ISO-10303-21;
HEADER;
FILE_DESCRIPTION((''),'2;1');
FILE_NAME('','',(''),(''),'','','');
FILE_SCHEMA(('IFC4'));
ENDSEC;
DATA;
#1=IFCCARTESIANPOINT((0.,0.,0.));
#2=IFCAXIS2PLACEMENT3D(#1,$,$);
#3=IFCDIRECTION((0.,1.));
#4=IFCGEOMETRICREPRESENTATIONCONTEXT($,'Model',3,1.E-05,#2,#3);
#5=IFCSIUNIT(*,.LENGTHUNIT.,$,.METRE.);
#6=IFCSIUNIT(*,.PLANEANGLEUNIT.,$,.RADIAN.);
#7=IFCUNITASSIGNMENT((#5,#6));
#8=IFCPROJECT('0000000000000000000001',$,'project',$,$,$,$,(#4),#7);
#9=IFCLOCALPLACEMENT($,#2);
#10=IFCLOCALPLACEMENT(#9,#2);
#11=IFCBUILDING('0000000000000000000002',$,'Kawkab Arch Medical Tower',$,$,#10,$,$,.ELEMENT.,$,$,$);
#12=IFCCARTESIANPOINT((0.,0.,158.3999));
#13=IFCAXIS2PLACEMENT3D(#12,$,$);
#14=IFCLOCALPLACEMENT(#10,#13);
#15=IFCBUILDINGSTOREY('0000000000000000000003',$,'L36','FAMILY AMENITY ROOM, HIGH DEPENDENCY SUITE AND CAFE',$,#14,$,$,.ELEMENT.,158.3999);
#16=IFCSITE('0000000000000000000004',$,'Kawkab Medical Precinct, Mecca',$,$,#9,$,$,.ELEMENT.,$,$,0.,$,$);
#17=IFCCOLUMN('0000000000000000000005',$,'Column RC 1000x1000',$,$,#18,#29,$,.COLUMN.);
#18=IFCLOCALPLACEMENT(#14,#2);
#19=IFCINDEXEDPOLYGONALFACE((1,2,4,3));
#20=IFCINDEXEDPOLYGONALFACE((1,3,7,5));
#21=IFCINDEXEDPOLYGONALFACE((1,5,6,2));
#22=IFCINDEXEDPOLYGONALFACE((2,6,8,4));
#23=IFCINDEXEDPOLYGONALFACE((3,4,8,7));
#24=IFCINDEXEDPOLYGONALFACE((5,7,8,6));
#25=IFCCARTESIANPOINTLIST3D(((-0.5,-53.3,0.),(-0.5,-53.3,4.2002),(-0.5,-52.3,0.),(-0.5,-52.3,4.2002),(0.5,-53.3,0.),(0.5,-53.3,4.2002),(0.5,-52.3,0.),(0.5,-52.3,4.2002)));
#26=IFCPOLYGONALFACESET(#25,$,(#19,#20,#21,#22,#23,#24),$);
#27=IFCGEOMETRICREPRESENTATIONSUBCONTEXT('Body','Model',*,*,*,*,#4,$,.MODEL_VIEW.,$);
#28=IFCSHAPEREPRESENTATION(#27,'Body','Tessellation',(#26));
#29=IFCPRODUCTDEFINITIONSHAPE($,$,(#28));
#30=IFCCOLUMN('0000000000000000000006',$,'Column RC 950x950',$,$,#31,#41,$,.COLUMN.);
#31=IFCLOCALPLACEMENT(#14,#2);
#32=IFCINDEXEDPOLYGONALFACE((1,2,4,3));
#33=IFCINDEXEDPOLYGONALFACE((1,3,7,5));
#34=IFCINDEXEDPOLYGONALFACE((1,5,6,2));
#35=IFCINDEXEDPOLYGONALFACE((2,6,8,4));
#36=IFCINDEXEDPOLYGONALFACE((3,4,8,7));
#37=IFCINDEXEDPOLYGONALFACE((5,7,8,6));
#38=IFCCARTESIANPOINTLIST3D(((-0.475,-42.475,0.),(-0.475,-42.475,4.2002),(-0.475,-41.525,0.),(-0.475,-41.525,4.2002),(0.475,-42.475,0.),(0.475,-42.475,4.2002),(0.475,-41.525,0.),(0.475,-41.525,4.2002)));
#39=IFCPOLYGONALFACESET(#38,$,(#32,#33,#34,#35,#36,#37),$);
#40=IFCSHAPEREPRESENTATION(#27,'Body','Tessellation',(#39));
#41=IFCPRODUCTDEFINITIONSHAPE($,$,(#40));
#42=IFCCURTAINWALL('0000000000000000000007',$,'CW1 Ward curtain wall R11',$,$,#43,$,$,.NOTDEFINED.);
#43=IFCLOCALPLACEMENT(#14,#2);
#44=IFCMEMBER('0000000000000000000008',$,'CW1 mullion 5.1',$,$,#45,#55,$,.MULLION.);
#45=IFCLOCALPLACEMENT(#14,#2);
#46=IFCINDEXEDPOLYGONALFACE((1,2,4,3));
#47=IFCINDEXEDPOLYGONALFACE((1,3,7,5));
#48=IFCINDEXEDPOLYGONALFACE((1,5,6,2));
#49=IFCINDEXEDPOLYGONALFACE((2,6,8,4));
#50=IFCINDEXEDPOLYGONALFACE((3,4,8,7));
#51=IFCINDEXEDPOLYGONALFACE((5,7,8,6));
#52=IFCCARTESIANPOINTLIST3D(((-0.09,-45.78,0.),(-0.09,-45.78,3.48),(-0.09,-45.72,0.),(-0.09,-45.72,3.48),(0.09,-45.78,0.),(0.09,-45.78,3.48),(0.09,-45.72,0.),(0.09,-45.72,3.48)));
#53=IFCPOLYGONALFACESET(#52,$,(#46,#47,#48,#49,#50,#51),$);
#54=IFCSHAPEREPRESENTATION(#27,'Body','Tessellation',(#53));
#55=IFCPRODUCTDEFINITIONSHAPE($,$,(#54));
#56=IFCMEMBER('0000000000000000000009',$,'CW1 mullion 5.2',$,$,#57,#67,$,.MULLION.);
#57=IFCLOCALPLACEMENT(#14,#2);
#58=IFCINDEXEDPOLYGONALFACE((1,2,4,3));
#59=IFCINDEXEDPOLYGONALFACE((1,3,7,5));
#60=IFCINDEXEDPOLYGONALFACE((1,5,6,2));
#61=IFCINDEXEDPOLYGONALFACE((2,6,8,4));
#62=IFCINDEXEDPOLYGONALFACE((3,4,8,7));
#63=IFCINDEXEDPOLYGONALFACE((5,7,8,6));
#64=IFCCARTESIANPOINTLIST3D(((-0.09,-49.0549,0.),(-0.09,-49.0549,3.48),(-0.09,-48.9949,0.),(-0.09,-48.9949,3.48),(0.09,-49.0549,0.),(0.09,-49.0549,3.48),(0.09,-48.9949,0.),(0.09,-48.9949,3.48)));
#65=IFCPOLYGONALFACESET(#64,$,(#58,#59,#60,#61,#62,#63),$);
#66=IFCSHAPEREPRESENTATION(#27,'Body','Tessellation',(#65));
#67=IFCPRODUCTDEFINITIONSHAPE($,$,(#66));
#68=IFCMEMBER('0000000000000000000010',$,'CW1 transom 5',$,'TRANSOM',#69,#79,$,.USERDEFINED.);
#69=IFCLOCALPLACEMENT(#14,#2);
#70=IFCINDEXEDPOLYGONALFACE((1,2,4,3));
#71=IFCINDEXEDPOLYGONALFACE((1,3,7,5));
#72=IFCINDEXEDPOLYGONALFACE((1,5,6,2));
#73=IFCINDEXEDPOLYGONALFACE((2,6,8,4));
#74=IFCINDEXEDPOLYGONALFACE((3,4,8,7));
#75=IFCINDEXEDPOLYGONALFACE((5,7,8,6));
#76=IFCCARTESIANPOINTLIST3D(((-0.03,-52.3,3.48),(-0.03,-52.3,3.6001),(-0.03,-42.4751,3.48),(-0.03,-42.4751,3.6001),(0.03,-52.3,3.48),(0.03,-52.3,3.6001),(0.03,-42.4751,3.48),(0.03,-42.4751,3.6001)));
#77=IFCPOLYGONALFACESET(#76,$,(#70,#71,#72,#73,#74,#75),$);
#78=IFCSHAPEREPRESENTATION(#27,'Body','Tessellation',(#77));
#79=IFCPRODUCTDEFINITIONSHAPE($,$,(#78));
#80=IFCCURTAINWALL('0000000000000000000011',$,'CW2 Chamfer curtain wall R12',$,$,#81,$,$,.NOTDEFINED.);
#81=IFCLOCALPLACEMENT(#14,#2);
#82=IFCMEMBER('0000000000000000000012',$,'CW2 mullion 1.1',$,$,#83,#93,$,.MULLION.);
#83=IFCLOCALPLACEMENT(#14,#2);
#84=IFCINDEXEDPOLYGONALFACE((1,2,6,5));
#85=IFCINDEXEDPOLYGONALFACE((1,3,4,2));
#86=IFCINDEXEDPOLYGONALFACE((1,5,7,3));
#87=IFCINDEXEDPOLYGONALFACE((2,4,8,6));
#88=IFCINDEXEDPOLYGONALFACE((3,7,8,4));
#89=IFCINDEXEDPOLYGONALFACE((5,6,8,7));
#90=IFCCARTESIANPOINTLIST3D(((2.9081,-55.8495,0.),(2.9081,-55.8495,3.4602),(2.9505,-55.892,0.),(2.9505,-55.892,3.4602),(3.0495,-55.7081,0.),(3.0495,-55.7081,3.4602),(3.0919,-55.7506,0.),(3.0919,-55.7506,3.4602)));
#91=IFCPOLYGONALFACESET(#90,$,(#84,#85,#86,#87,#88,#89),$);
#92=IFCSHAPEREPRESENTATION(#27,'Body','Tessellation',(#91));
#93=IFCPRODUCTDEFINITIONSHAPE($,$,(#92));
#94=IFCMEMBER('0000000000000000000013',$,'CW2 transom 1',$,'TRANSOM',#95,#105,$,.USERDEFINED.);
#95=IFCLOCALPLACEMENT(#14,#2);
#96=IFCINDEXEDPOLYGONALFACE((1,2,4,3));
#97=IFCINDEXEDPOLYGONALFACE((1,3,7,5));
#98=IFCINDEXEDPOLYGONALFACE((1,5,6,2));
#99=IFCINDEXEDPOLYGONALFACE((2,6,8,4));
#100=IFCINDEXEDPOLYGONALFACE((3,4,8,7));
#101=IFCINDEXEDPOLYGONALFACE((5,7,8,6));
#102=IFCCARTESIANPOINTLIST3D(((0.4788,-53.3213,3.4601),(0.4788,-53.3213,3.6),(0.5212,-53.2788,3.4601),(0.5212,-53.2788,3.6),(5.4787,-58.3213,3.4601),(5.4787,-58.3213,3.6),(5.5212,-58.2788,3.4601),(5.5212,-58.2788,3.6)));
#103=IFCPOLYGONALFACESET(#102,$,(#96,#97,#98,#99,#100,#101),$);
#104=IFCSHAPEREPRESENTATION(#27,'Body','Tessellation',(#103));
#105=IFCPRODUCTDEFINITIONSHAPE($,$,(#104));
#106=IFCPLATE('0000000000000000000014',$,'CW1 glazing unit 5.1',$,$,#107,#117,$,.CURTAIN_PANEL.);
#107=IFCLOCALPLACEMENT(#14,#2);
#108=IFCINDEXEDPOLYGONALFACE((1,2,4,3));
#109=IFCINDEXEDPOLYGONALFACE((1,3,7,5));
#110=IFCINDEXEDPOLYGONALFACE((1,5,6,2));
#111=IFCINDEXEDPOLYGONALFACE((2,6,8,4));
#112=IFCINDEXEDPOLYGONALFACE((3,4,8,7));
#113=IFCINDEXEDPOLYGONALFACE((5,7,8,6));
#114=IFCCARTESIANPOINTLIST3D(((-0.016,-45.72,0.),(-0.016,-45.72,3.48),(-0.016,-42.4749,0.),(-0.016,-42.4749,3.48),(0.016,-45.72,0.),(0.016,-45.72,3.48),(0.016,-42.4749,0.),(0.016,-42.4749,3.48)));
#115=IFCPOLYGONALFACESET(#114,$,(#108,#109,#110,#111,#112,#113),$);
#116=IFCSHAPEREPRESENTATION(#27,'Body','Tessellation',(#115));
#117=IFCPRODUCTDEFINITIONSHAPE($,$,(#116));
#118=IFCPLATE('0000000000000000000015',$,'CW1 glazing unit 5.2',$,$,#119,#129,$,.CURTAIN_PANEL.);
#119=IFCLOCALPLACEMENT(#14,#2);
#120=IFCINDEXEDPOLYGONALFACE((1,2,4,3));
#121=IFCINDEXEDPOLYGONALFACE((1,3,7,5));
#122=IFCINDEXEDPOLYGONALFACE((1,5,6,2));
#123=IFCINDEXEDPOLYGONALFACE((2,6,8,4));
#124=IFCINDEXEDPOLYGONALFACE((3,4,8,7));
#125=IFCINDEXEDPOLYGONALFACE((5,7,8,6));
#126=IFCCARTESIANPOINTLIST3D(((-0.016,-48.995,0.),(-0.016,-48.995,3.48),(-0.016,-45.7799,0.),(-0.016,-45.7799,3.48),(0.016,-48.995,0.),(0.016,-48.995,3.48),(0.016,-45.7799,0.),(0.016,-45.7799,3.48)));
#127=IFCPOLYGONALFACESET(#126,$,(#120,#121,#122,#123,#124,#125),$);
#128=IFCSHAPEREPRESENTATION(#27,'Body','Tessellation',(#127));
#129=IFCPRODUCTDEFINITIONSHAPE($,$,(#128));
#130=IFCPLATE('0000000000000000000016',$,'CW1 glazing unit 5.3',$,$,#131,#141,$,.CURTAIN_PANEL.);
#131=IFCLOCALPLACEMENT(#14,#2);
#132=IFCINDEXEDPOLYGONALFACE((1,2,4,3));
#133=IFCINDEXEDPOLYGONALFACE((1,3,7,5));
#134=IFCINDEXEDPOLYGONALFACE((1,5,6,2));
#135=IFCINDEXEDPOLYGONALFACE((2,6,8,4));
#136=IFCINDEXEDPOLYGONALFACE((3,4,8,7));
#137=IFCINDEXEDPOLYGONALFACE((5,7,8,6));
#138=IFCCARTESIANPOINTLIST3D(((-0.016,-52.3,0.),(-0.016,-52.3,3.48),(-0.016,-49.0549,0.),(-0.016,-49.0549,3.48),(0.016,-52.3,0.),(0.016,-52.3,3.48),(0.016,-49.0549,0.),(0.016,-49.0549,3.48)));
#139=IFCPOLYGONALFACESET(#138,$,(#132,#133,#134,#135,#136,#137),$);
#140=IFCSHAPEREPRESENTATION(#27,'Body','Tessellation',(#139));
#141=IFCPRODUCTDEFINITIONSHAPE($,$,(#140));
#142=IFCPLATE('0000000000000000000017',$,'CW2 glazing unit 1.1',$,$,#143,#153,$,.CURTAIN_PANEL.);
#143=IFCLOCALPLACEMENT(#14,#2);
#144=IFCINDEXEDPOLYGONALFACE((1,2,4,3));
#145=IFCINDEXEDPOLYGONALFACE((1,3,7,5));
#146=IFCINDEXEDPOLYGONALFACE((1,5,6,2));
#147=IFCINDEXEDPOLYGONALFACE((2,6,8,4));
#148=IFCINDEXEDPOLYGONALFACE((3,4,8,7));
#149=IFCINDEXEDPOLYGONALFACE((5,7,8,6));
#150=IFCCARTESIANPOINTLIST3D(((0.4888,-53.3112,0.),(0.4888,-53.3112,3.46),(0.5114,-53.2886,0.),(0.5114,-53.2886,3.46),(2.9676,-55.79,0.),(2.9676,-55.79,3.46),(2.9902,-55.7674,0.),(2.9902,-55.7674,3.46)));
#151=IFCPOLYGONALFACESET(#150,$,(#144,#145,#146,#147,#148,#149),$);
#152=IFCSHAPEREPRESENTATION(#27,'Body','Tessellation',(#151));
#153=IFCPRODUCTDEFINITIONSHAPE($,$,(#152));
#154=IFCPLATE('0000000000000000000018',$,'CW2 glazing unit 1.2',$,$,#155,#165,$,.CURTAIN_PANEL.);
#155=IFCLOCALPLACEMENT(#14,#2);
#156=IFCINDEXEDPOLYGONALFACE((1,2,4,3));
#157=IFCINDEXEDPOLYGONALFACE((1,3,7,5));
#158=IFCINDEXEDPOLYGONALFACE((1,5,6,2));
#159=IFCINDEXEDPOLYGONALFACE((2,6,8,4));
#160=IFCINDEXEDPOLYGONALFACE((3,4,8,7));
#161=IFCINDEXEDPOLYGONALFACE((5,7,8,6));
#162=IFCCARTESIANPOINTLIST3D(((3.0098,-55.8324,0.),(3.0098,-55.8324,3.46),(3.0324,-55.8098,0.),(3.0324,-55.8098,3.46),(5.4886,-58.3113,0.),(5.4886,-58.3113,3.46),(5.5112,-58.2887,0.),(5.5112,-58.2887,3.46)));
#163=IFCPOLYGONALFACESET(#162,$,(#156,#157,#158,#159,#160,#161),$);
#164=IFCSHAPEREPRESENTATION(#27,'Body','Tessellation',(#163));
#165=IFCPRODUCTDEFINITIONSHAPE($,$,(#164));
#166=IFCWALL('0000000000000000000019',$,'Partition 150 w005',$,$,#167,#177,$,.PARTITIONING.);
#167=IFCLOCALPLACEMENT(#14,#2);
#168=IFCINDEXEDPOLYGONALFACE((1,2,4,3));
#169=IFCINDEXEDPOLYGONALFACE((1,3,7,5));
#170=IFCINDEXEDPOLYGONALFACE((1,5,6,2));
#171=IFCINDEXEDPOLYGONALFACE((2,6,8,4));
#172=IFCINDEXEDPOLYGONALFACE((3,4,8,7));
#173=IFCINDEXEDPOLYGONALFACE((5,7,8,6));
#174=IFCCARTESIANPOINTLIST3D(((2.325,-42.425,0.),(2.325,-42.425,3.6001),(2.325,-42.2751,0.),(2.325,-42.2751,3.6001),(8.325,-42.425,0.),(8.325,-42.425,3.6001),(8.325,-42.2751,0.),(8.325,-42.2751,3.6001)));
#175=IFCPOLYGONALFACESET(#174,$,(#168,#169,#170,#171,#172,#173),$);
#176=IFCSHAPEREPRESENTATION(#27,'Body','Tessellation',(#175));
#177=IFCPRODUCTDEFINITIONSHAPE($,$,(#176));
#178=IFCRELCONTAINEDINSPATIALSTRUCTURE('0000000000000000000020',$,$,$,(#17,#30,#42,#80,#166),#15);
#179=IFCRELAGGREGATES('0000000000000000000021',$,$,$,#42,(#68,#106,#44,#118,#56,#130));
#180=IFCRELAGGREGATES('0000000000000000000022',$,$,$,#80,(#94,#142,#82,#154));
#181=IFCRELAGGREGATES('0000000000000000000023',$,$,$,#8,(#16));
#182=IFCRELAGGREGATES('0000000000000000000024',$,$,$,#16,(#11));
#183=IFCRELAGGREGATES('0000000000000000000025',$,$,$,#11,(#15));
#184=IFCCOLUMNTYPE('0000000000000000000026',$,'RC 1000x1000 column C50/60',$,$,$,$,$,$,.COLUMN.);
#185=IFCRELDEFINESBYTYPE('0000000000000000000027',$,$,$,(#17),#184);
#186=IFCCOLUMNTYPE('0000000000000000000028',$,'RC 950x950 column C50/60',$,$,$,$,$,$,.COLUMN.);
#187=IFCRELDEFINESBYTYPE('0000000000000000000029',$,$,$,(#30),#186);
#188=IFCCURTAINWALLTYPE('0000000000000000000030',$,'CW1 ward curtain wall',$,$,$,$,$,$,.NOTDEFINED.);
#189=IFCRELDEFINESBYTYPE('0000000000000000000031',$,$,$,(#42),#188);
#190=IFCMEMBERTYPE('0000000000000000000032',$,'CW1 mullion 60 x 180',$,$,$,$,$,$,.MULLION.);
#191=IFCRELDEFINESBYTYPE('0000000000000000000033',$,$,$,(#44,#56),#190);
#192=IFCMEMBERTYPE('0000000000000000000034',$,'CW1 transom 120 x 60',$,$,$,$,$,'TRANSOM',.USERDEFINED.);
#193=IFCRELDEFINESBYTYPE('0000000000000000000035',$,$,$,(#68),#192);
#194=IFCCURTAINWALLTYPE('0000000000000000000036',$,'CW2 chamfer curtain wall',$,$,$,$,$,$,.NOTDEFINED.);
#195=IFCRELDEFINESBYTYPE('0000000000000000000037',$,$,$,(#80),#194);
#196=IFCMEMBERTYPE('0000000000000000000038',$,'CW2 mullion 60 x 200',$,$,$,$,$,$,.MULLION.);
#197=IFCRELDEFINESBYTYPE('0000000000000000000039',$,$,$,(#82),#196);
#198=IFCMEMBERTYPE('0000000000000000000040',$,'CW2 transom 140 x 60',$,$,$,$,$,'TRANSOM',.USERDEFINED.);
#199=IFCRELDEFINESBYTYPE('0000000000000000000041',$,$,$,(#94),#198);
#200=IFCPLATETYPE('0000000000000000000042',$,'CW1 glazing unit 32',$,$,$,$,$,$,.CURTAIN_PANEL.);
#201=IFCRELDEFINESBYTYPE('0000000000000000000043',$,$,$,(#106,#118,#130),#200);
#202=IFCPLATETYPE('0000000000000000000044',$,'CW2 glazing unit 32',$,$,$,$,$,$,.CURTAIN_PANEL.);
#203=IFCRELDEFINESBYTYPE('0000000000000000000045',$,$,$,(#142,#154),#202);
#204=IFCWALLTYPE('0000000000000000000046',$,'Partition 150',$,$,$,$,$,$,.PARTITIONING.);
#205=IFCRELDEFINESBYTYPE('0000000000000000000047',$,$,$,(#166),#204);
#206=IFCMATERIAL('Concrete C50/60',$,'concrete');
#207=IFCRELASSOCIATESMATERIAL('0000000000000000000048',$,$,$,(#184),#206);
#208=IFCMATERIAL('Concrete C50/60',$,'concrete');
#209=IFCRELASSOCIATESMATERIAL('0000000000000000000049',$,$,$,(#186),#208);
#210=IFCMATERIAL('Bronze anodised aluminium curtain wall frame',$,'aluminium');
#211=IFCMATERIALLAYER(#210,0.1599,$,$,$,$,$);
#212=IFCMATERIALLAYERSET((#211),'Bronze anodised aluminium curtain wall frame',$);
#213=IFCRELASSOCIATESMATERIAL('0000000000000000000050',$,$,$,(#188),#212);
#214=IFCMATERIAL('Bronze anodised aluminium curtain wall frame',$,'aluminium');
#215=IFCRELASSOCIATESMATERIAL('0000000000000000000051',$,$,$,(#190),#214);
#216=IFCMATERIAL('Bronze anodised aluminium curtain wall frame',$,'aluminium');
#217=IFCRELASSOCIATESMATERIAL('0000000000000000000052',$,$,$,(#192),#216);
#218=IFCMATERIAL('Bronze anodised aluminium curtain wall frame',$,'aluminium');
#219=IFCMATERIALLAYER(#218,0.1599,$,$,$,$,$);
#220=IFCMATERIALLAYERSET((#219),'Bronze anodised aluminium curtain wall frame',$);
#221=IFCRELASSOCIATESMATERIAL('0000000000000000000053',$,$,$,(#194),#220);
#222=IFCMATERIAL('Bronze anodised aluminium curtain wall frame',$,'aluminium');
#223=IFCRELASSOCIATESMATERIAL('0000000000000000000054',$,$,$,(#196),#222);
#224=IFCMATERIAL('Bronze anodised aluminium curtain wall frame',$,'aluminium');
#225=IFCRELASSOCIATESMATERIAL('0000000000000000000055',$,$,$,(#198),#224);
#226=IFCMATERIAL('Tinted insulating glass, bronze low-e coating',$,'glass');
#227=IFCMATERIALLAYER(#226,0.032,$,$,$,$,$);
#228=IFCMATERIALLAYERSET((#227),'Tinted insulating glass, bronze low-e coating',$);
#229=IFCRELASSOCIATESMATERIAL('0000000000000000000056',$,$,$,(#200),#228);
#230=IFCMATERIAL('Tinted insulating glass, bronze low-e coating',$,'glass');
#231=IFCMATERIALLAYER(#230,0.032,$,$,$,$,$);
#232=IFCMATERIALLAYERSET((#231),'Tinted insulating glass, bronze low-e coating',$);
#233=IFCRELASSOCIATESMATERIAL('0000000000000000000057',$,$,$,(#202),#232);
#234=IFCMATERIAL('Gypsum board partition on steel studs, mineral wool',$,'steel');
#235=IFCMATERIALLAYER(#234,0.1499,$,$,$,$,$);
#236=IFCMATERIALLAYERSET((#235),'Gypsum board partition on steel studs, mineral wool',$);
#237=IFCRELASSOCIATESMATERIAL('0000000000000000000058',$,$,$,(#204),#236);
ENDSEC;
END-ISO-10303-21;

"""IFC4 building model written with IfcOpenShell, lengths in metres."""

from ifc_helpers import new_model, si_unit, direction, frame, frame_2d, origin, origin_2d, place, context, subcontext, project, spatial, rectangle, extrude, material, layer, layer_set, material_profile, profile_set, type_object, element, aggregate, save


model = new_model("IFC4")

# Units and contexts
model_context = context("Model", 3, precision=1e-05, world=origin(), true_north=direction((0.0, 1.0)))
body_context = subcontext(model_context, "Body", "Model", "MODEL_VIEW")
ifc_project = project(units=[si_unit("LENGTHUNIT", "METRE"), si_unit("PLANEANGLEUNIT", "RADIAN")], contexts=[model_context])

# Site, building, storey
site_placement = place(None, origin())
site = spatial("IfcSite", under=ifc_project, at=site_placement, Name="Kawkab Medical Precinct, Mecca", CompositionType="ELEMENT", RefElevation=0.0)
building_placement = place(site_placement, origin())
building = spatial("IfcBuilding", under=site, at=building_placement, Name="Kawkab Arch Medical Tower", CompositionType="ELEMENT")
storey_placement = place(building_placement, frame((0.0, 0.0, 158.3999)))
storey = spatial("IfcBuildingStorey", under=building, at=storey_placement, Name="L36", Description="FAMILY AMENITY ROOM, HIGH DEPENDENCY SUITE AND CAFE", CompositionType="ELEMENT", Elevation=158.3999)

# Columns
ifc_material_1 = material(Name="Concrete C50/60", Category="concrete")
ifc_material_profile_1 = material_profile(ifc_material_1, rectangle(XDim=1.0, YDim=1.0, at=origin_2d()), Name="RC 1000x1000")
ifc_profile_set_1 = profile_set([ifc_material_profile_1], Name="Concrete C50/60")
column_type_1 = type_object("IfcColumnType", Name="RC 1000x1000 column C50/60", PredefinedType="COLUMN", material=ifc_profile_set_1)
column_1_placement = place(storey_placement, frame((0.0, -52.8, 0.0), z_axis=(0.0, 0.0, 1.0), x_axis=(1.0, 0.0, 0.0)))
element("IfcColumn", 1, at=column_1_placement, inside=storey, type_object=column_type_1, Name="Column RC 1000x1000", PredefinedType="COLUMN", context=body_context, shape_type="SweptSolid", body=[
    extrude(rectangle(XDim=1.0, YDim=1.0, at=origin_2d()), origin(), (0.0, 0.0, 1.0), 4.2002),
])
ifc_material_2 = material(Name="Concrete C50/60", Category="concrete")
ifc_material_profile_2 = material_profile(ifc_material_2, rectangle(XDim=0.95, YDim=0.95, at=origin_2d()), Name="RC 950x950")
ifc_profile_set_2 = profile_set([ifc_material_profile_2], Name="Concrete C50/60")
column_type_2 = type_object("IfcColumnType", Name="RC 950x950 column C50/60", PredefinedType="COLUMN", material=ifc_profile_set_2)
column_2_placement = place(storey_placement, frame((0.0, -42.0, 0.0), z_axis=(0.0, 0.0, 1.0), x_axis=(1.0, 0.0, 0.0)))
element("IfcColumn", 2, at=column_2_placement, inside=storey, type_object=column_type_2, Name="Column RC 950x950", PredefinedType="COLUMN", context=body_context, shape_type="SweptSolid", body=[
    extrude(rectangle(XDim=0.95, YDim=0.95, at=origin_2d()), origin(), (0.0, 0.0, 1.0), 4.2002),
])

# Curtain walls, members
ifc_material_3 = material(Name="Bronze anodised aluminium curtain wall frame", Category="aluminium")
ifc_layer_1 = layer(ifc_material_3, 0.1599)
ifc_layer_set_1 = layer_set([ifc_layer_1], Name="Bronze anodised aluminium curtain wall frame")
curtain_wall_type_1 = type_object("IfcCurtainWallType", Name="CW1 ward curtain wall", PredefinedType="NOTDEFINED", material=ifc_layer_set_1)
placement = place(storey_placement, origin())
curtain_wall_1 = element("IfcCurtainWall", 3, at=placement, inside=storey, type_object=curtain_wall_type_1, Name="CW1 Ward curtain wall R11", PredefinedType="NOTDEFINED")
ifc_material_4 = material(Name="Bronze anodised aluminium curtain wall frame", Category="aluminium")
ifc_material_profile_3 = material_profile(ifc_material_4, rectangle(XDim=0.1799, YDim=0.0601, at=origin_2d()), Name="AL 60x180")
ifc_profile_set_3 = profile_set([ifc_material_profile_3], Name="Bronze anodised aluminium curtain wall frame")
member_type_1 = type_object("IfcMemberType", Name="CW1 mullion 60 x 180", PredefinedType="MULLION", material=ifc_profile_set_3)
member_1_placement = place(storey_placement, frame((0.0, -45.75, 0.0), z_axis=(0.0, 0.0, 1.0), x_axis=(1.0, 0.0, 0.0)))
member_1 = element("IfcMember", 4, at=member_1_placement, type_object=member_type_1, Name="CW1 mullion 5.1", PredefinedType="MULLION", context=body_context, shape_type="SweptSolid", body=[
    extrude(rectangle(XDim=0.1799, YDim=0.0601, at=origin_2d()), origin(), (0.0, 0.0, 1.0), 3.48),
])
member_2_placement = place(storey_placement, frame((0.0, -49.0249, 0.0), z_axis=(0.0, 0.0, 1.0), x_axis=(1.0, 0.0, 0.0)))
member_2 = element("IfcMember", 5, at=member_2_placement, type_object=member_type_1, Name="CW1 mullion 5.2", PredefinedType="MULLION", context=body_context, shape_type="SweptSolid", body=[
    extrude(rectangle(XDim=0.1799, YDim=0.0601, at=origin_2d()), origin(), (0.0, 0.0, 1.0), 3.48),
])
ifc_material_5 = material(Name="Bronze anodised aluminium curtain wall frame", Category="aluminium")
ifc_material_profile_4 = material_profile(ifc_material_5, rectangle(XDim=0.0601, YDim=0.1201, at=origin_2d()), Name="AL 60x120")
ifc_profile_set_4 = profile_set([ifc_material_profile_4], Name="Bronze anodised aluminium curtain wall frame")
member_type_2 = type_object("IfcMemberType", Name="CW1 transom 120 x 60", ElementType="TRANSOM", PredefinedType="USERDEFINED", material=ifc_profile_set_4)
member_3_placement = place(storey_placement, frame((0.0, -42.4751, 3.54), z_axis=(0.0, -1.0, 0.0), x_axis=(1.0, 0.0, 0.0)))
member_3 = element("IfcMember", 6, at=member_3_placement, type_object=member_type_2, Name="CW1 transom 5", ObjectType="TRANSOM", PredefinedType="USERDEFINED", context=body_context, shape_type="SweptSolid", body=[
    extrude(rectangle(XDim=0.0601, YDim=0.1201, at=origin_2d()), origin(), (0.0, 0.0, 1.0), 9.825),
])
ifc_material_6 = material(Name="Bronze anodised aluminium curtain wall frame", Category="aluminium")
ifc_layer_2 = layer(ifc_material_6, 0.1599)
ifc_layer_set_2 = layer_set([ifc_layer_2], Name="Bronze anodised aluminium curtain wall frame")
curtain_wall_type_2 = type_object("IfcCurtainWallType", Name="CW2 chamfer curtain wall", PredefinedType="NOTDEFINED", material=ifc_layer_set_2)
curtain_wall_2 = element("IfcCurtainWall", 7, at=placement, inside=storey, type_object=curtain_wall_type_2, Name="CW2 Chamfer curtain wall R12", PredefinedType="NOTDEFINED")
ifc_material_7 = material(Name="Bronze anodised aluminium curtain wall frame", Category="aluminium")
ifc_material_profile_5 = material_profile(ifc_material_7, rectangle(XDim=0.2, YDim=0.0601, at=origin_2d()), Name="AL 60x200")
ifc_profile_set_5 = profile_set([ifc_material_profile_5], Name="Bronze anodised aluminium curtain wall frame")
member_type_3 = type_object("IfcMemberType", Name="CW2 mullion 60 x 200", PredefinedType="MULLION", material=ifc_profile_set_5)
member_4_placement = place(storey_placement, frame((3.0, -55.8, 0.0), z_axis=(0.0, 0.0, 1.0), x_axis=(0.707107, 0.707107, 0.0)))
member_4 = element("IfcMember", 8, at=member_4_placement, type_object=member_type_3, Name="CW2 mullion 1.1", PredefinedType="MULLION", context=body_context, shape_type="SweptSolid", body=[
    extrude(rectangle(XDim=0.2, YDim=0.0601, at=origin_2d()), origin(), (0.0, 0.0, 1.0), 3.4602),
])
ifc_material_8 = material(Name="Bronze anodised aluminium curtain wall frame", Category="aluminium")
ifc_material_profile_6 = material_profile(ifc_material_8, rectangle(XDim=0.0601, YDim=0.1399, at=origin_2d()), Name="AL 60x140")
ifc_profile_set_6 = profile_set([ifc_material_profile_6], Name="Bronze anodised aluminium curtain wall frame")
member_type_4 = type_object("IfcMemberType", Name="CW2 transom 140 x 60", ElementType="TRANSOM", PredefinedType="USERDEFINED", material=ifc_profile_set_6)
member_5_placement = place(storey_placement, frame((0.5, -53.3, 3.53), z_axis=(0.707107, -0.707107, 0.0), x_axis=(0.707107, 0.707107, 0.0)))
member_5 = element("IfcMember", 9, at=member_5_placement, type_object=member_type_4, Name="CW2 transom 1", ObjectType="TRANSOM", PredefinedType="USERDEFINED", context=body_context, shape_type="SweptSolid", body=[
    extrude(rectangle(XDim=0.0601, YDim=0.1399, at=origin_2d()), origin(), (0.0, 0.0, 1.0), 7.071),
])

# Plates
ifc_material_9 = material(Name="Tinted insulating glass, bronze low-e coating", Category="glass")
ifc_layer_3 = layer(ifc_material_9, 0.032)
ifc_layer_set_3 = layer_set([ifc_layer_3], Name="Tinted insulating glass, bronze low-e coating")
plate_type_1 = type_object("IfcPlateType", Name="CW1 glazing unit 32", PredefinedType="CURTAIN_PANEL", material=ifc_layer_set_3)
plate_1_placement = place(storey_placement, frame((0.0, -44.0974, 0.0), z_axis=(0.0, 0.0, 1.0), x_axis=(0.0, -1.0, 0.0)))
plate_1 = element("IfcPlate", 10, at=plate_1_placement, type_object=plate_type_1, Name="CW1 glazing unit 5.1", PredefinedType="CURTAIN_PANEL", context=body_context, shape_type="SweptSolid", body=[
    extrude(rectangle(XDim=3.2451, YDim=0.032, at=origin_2d()), origin(), (0.0, 0.0, 1.0), 3.48),
])
plate_2_placement = place(storey_placement, frame((0.0, -47.3875, 0.0), z_axis=(0.0, 0.0, 1.0), x_axis=(0.0, -1.0, 0.0)))
plate_2 = element("IfcPlate", 11, at=plate_2_placement, type_object=plate_type_1, Name="CW1 glazing unit 5.2", PredefinedType="CURTAIN_PANEL", context=body_context, shape_type="SweptSolid", body=[
    extrude(rectangle(XDim=3.2151, YDim=0.032, at=origin_2d()), origin(), (0.0, 0.0, 1.0), 3.48),
])
plate_3_placement = place(storey_placement, frame((0.0, -50.6775, 0.0), z_axis=(0.0, 0.0, 1.0), x_axis=(0.0, -1.0, 0.0)))
plate_3 = element("IfcPlate", 12, at=plate_3_placement, type_object=plate_type_1, Name="CW1 glazing unit 5.3", PredefinedType="CURTAIN_PANEL", context=body_context, shape_type="SweptSolid", body=[
    extrude(rectangle(XDim=3.2451, YDim=0.032, at=origin_2d()), origin(), (0.0, 0.0, 1.0), 3.48),
])
aggregate(curtain_wall_1, [member_3, plate_1, member_1, plate_2, member_2, plate_3])
ifc_material_10 = material(Name="Tinted insulating glass, bronze low-e coating", Category="glass")
ifc_layer_4 = layer(ifc_material_10, 0.032)
ifc_layer_set_4 = layer_set([ifc_layer_4], Name="Tinted insulating glass, bronze low-e coating")
plate_type_2 = type_object("IfcPlateType", Name="CW2 glazing unit 32", PredefinedType="CURTAIN_PANEL", material=ifc_layer_set_4)
plate_4_placement = place(storey_placement, frame((1.7395, -54.5393, 0.0), z_axis=(0.0, 0.0, 1.0), x_axis=(0.707107, -0.707107, 0.0)))
plate_4 = element("IfcPlate", 13, at=plate_4_placement, type_object=plate_type_2, Name="CW2 glazing unit 1.1", PredefinedType="CURTAIN_PANEL", context=body_context, shape_type="SweptSolid", body=[
    extrude(rectangle(XDim=3.5056, YDim=0.032, at=origin_2d()), origin(), (0.0, 0.0, 1.0), 3.46),
])
plate_5_placement = place(storey_placement, frame((4.2605, -57.0605, 0.0), z_axis=(0.0, 0.0, 1.0), x_axis=(0.707107, -0.707107, 0.0)))
plate_5 = element("IfcPlate", 14, at=plate_5_placement, type_object=plate_type_2, Name="CW2 glazing unit 1.2", PredefinedType="CURTAIN_PANEL", context=body_context, shape_type="SweptSolid", body=[
    extrude(rectangle(XDim=3.5056, YDim=0.032, at=origin_2d()), origin(), (0.0, 0.0, 1.0), 3.46),
])
aggregate(curtain_wall_2, [member_5, plate_4, member_4, plate_5])

# Wall
ifc_material_11 = material(Name="Gypsum board partition on steel studs, mineral wool", Category="steel")
ifc_layer_5 = layer(ifc_material_11, 0.1499)
ifc_layer_set_5 = layer_set([ifc_layer_5], Name="Gypsum board partition on steel studs, mineral wool")
wall_type = type_object("IfcWallType", Name="Partition 150", PredefinedType="PARTITIONING", material=ifc_layer_set_5)
wall_1_placement = place(storey_placement, frame((2.325, -42.3501, 0.0), z_axis=(0.0, 0.0, 1.0), x_axis=(1.0, 0.0, 0.0)))
element("IfcWall", 15, at=wall_1_placement, inside=storey, type_object=wall_type, Name="Partition 150 w005", PredefinedType="PARTITIONING", context=body_context, shape_type="SweptSolid", body=[
    extrude(rectangle(XDim=6.0, YDim=0.1499, at=frame_2d((3.0, 0.0))), origin(), (0.0, 0.0, 1.0), 3.6001),
])

save(model, "model.ifc")
